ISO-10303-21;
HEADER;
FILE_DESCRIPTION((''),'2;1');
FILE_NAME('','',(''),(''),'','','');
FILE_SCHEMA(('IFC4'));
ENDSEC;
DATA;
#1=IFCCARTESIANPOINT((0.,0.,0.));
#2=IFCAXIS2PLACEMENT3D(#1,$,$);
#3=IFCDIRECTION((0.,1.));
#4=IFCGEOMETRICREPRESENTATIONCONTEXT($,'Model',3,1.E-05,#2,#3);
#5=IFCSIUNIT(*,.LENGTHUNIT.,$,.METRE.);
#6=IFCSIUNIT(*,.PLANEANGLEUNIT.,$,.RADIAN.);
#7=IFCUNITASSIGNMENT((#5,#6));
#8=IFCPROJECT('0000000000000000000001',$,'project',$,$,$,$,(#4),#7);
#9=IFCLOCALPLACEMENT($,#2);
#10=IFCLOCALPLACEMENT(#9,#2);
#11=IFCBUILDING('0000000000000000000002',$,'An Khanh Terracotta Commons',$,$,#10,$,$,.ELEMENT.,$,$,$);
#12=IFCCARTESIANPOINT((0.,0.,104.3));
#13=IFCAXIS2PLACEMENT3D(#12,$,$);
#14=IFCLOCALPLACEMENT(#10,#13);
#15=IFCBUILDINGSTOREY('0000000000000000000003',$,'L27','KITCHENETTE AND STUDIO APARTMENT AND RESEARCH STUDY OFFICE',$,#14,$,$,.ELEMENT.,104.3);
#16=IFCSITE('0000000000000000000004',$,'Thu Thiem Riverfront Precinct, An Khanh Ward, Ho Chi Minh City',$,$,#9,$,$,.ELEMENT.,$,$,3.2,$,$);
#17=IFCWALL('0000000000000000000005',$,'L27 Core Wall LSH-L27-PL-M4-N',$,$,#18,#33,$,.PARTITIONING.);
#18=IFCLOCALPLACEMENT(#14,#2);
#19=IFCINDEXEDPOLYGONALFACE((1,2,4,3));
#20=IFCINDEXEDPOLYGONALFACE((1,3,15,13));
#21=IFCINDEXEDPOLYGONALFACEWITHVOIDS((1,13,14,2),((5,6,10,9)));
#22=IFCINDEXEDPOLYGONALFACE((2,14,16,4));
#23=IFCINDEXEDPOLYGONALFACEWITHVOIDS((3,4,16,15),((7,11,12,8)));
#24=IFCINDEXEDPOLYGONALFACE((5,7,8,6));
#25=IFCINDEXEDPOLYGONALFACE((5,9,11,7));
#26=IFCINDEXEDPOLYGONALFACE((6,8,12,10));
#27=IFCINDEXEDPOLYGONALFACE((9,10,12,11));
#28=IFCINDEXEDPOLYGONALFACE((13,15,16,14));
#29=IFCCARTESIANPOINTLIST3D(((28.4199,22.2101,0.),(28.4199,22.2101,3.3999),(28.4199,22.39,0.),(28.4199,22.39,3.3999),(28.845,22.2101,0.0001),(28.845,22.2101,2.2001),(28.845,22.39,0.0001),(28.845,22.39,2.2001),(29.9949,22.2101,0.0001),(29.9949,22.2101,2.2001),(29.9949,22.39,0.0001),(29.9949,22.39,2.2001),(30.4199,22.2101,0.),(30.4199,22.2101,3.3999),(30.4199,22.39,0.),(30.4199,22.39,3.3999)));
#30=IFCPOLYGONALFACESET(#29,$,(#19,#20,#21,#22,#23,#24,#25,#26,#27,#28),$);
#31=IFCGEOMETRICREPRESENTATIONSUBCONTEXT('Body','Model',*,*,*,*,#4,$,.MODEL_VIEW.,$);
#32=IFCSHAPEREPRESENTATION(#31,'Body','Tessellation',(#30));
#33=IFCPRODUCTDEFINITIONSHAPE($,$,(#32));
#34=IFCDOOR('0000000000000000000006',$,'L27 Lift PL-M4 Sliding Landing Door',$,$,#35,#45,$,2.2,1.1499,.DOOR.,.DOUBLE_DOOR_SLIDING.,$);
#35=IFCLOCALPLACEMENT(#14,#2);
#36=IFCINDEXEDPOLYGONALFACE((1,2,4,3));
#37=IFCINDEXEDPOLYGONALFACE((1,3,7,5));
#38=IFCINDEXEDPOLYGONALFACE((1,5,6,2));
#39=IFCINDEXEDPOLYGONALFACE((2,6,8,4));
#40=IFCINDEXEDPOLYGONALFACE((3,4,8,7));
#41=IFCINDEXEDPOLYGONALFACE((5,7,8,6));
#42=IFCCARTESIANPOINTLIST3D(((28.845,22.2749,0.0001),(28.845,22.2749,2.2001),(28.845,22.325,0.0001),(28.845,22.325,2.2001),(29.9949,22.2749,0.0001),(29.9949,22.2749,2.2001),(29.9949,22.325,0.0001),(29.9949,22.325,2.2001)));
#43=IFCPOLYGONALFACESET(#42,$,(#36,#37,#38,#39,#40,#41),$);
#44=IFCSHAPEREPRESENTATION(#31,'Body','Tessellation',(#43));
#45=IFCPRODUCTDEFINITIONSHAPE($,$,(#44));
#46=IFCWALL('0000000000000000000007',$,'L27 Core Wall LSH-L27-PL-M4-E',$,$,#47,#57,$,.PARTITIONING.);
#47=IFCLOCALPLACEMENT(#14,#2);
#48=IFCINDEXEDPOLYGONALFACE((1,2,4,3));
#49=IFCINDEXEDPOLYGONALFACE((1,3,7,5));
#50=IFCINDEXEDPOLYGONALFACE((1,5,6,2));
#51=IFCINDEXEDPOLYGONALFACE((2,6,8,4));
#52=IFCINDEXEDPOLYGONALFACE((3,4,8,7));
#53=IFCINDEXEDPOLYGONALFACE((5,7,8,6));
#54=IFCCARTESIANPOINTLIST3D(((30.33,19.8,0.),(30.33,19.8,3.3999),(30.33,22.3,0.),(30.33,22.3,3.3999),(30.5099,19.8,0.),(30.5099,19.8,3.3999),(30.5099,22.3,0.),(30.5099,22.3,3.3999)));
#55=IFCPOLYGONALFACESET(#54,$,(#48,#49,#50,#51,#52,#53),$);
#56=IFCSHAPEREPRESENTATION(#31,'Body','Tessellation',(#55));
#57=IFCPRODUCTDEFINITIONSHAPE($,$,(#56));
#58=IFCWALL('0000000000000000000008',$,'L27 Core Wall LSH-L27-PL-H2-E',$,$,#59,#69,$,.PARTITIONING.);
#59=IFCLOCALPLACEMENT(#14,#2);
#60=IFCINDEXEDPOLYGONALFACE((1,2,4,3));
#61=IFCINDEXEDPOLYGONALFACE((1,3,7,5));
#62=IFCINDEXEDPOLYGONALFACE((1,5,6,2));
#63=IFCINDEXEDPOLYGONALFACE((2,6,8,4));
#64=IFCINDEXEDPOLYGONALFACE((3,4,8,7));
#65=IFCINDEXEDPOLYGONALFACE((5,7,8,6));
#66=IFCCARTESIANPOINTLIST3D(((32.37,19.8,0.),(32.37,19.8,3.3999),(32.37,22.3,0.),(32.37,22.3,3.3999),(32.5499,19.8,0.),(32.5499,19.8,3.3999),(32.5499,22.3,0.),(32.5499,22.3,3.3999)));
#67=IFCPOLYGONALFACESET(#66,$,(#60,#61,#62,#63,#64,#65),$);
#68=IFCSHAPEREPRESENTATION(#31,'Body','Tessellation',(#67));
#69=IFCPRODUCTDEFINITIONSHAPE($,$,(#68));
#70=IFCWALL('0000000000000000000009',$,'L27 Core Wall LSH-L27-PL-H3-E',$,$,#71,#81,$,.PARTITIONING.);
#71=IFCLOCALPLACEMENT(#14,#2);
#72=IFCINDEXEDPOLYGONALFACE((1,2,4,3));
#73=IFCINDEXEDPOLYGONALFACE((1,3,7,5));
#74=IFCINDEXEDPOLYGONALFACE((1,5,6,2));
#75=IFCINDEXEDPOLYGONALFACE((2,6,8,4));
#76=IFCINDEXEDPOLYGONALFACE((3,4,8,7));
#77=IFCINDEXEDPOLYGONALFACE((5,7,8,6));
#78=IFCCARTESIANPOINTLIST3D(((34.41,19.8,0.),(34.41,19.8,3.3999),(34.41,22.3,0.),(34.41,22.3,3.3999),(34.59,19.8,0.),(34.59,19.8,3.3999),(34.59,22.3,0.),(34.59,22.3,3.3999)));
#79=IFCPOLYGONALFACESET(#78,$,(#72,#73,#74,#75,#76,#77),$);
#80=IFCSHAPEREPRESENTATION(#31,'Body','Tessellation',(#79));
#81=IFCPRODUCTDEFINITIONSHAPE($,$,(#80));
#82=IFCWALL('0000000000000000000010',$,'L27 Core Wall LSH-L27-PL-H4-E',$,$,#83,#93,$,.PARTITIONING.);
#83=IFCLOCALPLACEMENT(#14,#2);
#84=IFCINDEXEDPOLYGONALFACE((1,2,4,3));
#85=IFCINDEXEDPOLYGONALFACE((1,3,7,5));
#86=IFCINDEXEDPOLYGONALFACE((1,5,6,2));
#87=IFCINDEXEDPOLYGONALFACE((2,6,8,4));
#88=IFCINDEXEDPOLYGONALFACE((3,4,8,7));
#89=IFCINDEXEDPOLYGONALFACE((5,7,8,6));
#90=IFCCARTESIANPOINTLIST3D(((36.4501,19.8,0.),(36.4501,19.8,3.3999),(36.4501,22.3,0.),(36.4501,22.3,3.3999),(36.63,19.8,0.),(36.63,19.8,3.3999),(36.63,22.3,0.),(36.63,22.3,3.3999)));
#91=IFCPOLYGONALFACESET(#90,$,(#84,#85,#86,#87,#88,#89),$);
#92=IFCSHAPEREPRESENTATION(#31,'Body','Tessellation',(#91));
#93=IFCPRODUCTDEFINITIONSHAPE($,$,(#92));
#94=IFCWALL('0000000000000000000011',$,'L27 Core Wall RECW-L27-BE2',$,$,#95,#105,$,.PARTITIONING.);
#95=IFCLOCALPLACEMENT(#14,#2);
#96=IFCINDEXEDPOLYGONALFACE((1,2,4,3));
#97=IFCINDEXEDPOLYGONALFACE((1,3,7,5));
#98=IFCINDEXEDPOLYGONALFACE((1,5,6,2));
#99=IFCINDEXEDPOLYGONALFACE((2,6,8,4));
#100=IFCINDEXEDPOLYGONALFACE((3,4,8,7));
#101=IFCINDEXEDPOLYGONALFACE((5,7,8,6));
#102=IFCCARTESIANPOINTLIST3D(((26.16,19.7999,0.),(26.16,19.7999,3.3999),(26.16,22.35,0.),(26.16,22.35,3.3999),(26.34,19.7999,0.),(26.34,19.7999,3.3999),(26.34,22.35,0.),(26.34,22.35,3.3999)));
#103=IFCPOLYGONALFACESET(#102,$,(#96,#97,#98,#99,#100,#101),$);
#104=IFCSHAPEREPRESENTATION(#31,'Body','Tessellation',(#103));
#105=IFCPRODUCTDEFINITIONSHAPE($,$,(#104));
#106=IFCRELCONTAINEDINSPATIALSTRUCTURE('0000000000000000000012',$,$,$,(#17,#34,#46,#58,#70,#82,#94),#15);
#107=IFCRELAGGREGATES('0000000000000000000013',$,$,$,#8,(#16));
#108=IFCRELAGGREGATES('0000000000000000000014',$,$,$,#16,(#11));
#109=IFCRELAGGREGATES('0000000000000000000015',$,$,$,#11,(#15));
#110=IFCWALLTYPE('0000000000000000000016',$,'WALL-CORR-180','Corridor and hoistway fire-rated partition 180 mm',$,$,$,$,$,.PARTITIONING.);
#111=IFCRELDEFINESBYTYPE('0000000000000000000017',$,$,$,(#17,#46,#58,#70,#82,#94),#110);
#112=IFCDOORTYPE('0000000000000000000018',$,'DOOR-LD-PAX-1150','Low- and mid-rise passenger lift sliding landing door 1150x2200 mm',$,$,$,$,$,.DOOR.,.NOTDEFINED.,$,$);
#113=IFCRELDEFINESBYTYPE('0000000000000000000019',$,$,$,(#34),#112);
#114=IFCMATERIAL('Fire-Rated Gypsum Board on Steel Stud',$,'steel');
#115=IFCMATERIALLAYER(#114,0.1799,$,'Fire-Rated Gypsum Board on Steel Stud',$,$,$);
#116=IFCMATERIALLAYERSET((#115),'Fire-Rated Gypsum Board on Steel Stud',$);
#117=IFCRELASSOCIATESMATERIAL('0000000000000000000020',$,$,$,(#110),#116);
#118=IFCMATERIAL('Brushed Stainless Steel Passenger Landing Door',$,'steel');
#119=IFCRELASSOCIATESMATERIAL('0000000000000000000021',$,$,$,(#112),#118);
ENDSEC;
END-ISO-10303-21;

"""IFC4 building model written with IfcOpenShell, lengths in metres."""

from ifc_helpers import new_model, si_unit, direction, frame, frame_2d, origin, place, context, subcontext, project, spatial, rectangle, extrude, material, layer, layer_set, type_object, element, fill, save


model = new_model("IFC4")

# Units and contexts
model_context = context("Model", 3, precision=1e-05, world=origin(), true_north=direction((0.0, 1.0)))
body_context = subcontext(model_context, "Body", "Model", "MODEL_VIEW")
ifc_project = project(units=[si_unit("LENGTHUNIT", "METRE"), si_unit("PLANEANGLEUNIT", "RADIAN")], contexts=[model_context])

# Site, building, storey
site_placement = place(None, origin())
site = spatial("IfcSite", under=ifc_project, at=site_placement, Name="Thu Thiem Riverfront Precinct, An Khanh Ward, Ho Chi Minh City", CompositionType="ELEMENT", RefElevation=3.2)
building_placement = place(site_placement, origin())
building = spatial("IfcBuilding", under=site, at=building_placement, Name="An Khanh Terracotta Commons", CompositionType="ELEMENT")
storey_placement = place(building_placement, frame((0.0, 0.0, 104.3)))
storey = spatial("IfcBuildingStorey", under=building, at=storey_placement, Name="L27", Description="KITCHENETTE AND STUDIO APARTMENT AND RESEARCH STUDY OFFICE", CompositionType="ELEMENT", Elevation=104.3)

# Shared definitions
ifc_material_1 = material(Name="Fire-Rated Gypsum Board on Steel Stud", Category="steel")
ifc_layer = layer(ifc_material_1, 0.1799, Name="Fire-Rated Gypsum Board on Steel Stud")
ifc_layer_set = layer_set([ifc_layer], Name="Fire-Rated Gypsum Board on Steel Stud")
wall_type = type_object("IfcWallType", Name="WALL-CORR-180", Description="Corridor and hoistway fire-rated partition 180 mm", PredefinedType="PARTITIONING", material=ifc_layer_set)

# Shared definitions
ifc_material_2 = material(Name="Brushed Stainless Steel Passenger Landing Door", Category="steel")
door_type_1 = type_object("IfcDoorType", Name="DOOR-LD-PAX-1150", Description="Low- and mid-rise passenger lift sliding landing door 1150x2200 mm", OperationType="NOTDEFINED", PredefinedType="DOOR", material=ifc_material_2)

# Wall, opening, door
wall_1_placement = place(storey_placement, frame((28.4199, 22.3, 0.0), z_axis=(0.0, 0.0, 1.0), x_axis=(1.0, 0.0, 0.0)))
wall_1 = element("IfcWall", 1, at=wall_1_placement, inside=storey, type_object=wall_type, Name="L27 Core Wall LSH-L27-PL-M4-N", PredefinedType="PARTITIONING", context=body_context, shape_type="SweptSolid", body=[
    extrude(rectangle(XDim=2.0, YDim=0.1799, at=frame_2d((1.0, 0.0))), origin(), (0.0, 0.0, 1.0), 3.3999),
])
opening_1_placement = place(wall_1_placement, frame((0.425, 0.0, 0.0)))
opening_1 = element("IfcOpeningElement", 2, at=opening_1_placement, cuts=wall_1, PredefinedType="OPENING", context=body_context, shape_type="SweptSolid", body=[
    extrude(rectangle(XDim=1.1499, YDim=2.2, at=frame_2d((0.575, 1.1001))), frame((0.0, 0.0999, 0.0), z_axis=(0.0, -1.0, 0.0), x_axis=(1.0, 0.0, 0.0)), (0.0, 0.0, 1.0), 0.2),
])
door_1_placement = place(opening_1_placement, origin())
door_1 = element("IfcDoor", 3, at=door_1_placement, inside=storey, type_object=door_type_1, Name="L27 Lift PL-M4 Sliding Landing Door", OperationType="DOUBLE_DOOR_SLIDING", OverallHeight=2.2, OverallWidth=1.1499, PredefinedType="DOOR", context=body_context, shape_type="SweptSolid", body=[
    extrude(rectangle(XDim=1.1499, YDim=2.2, at=frame_2d((0.575, 1.1001))), frame((0.0, 0.0249, 0.0), z_axis=(0.0, -1.0, 0.0), x_axis=(1.0, 0.0, 0.0)), (0.0, 0.0, 1.0), 0.05),
])
fill(opening_1, door_1)

# Walls
for number, where, z_axis, x_axis, name in (
    (4, (30.4199, 19.8, 0.0), (0.0, 0.0, 1.0), (0.0, 1.0, 0.0), "L27 Core Wall LSH-L27-PL-M4-E"),
    (5, (32.46, 19.8, 0.0), (0.0, 0.0, 1.0), (0.0, 1.0, 0.0), "L27 Core Wall LSH-L27-PL-H2-E"),
    (6, (34.5, 19.8, 0.0), (0.0, 0.0, 1.0), (0.0, 1.0, 0.0), "L27 Core Wall LSH-L27-PL-H3-E"),
    (7, (36.54, 19.8, 0.0), (0.0, 0.0, 1.0), (0.0, 1.0, 0.0), "L27 Core Wall LSH-L27-PL-H4-E"),
):
    element("IfcWall", number, at=place(storey_placement, frame(where, z_axis=z_axis, x_axis=x_axis)), inside=storey, type_object=wall_type, Name=name, PredefinedType="PARTITIONING", context=body_context, shape_type="SweptSolid", body=[
        extrude(rectangle(XDim=2.5, YDim=0.1799, at=frame_2d((1.25, 0.0))), origin(), (0.0, 0.0, 1.0), 3.3999),
    ])
wall_2_placement = place(storey_placement, frame((26.25, 19.8, 0.0), z_axis=(0.0, 0.0, 1.0), x_axis=(0.0, 1.0, 0.0)))
element("IfcWall", 8, at=wall_2_placement, inside=storey, type_object=wall_type, Name="L27 Core Wall RECW-L27-BE2", PredefinedType="PARTITIONING", context=body_context, shape_type="SweptSolid", body=[
    extrude(rectangle(XDim=2.55, YDim=0.1799, at=frame_2d((1.2749, 0.0))), origin(), (0.0, 0.0, 1.0), 3.3999),
])

save(model, "model.ifc")
